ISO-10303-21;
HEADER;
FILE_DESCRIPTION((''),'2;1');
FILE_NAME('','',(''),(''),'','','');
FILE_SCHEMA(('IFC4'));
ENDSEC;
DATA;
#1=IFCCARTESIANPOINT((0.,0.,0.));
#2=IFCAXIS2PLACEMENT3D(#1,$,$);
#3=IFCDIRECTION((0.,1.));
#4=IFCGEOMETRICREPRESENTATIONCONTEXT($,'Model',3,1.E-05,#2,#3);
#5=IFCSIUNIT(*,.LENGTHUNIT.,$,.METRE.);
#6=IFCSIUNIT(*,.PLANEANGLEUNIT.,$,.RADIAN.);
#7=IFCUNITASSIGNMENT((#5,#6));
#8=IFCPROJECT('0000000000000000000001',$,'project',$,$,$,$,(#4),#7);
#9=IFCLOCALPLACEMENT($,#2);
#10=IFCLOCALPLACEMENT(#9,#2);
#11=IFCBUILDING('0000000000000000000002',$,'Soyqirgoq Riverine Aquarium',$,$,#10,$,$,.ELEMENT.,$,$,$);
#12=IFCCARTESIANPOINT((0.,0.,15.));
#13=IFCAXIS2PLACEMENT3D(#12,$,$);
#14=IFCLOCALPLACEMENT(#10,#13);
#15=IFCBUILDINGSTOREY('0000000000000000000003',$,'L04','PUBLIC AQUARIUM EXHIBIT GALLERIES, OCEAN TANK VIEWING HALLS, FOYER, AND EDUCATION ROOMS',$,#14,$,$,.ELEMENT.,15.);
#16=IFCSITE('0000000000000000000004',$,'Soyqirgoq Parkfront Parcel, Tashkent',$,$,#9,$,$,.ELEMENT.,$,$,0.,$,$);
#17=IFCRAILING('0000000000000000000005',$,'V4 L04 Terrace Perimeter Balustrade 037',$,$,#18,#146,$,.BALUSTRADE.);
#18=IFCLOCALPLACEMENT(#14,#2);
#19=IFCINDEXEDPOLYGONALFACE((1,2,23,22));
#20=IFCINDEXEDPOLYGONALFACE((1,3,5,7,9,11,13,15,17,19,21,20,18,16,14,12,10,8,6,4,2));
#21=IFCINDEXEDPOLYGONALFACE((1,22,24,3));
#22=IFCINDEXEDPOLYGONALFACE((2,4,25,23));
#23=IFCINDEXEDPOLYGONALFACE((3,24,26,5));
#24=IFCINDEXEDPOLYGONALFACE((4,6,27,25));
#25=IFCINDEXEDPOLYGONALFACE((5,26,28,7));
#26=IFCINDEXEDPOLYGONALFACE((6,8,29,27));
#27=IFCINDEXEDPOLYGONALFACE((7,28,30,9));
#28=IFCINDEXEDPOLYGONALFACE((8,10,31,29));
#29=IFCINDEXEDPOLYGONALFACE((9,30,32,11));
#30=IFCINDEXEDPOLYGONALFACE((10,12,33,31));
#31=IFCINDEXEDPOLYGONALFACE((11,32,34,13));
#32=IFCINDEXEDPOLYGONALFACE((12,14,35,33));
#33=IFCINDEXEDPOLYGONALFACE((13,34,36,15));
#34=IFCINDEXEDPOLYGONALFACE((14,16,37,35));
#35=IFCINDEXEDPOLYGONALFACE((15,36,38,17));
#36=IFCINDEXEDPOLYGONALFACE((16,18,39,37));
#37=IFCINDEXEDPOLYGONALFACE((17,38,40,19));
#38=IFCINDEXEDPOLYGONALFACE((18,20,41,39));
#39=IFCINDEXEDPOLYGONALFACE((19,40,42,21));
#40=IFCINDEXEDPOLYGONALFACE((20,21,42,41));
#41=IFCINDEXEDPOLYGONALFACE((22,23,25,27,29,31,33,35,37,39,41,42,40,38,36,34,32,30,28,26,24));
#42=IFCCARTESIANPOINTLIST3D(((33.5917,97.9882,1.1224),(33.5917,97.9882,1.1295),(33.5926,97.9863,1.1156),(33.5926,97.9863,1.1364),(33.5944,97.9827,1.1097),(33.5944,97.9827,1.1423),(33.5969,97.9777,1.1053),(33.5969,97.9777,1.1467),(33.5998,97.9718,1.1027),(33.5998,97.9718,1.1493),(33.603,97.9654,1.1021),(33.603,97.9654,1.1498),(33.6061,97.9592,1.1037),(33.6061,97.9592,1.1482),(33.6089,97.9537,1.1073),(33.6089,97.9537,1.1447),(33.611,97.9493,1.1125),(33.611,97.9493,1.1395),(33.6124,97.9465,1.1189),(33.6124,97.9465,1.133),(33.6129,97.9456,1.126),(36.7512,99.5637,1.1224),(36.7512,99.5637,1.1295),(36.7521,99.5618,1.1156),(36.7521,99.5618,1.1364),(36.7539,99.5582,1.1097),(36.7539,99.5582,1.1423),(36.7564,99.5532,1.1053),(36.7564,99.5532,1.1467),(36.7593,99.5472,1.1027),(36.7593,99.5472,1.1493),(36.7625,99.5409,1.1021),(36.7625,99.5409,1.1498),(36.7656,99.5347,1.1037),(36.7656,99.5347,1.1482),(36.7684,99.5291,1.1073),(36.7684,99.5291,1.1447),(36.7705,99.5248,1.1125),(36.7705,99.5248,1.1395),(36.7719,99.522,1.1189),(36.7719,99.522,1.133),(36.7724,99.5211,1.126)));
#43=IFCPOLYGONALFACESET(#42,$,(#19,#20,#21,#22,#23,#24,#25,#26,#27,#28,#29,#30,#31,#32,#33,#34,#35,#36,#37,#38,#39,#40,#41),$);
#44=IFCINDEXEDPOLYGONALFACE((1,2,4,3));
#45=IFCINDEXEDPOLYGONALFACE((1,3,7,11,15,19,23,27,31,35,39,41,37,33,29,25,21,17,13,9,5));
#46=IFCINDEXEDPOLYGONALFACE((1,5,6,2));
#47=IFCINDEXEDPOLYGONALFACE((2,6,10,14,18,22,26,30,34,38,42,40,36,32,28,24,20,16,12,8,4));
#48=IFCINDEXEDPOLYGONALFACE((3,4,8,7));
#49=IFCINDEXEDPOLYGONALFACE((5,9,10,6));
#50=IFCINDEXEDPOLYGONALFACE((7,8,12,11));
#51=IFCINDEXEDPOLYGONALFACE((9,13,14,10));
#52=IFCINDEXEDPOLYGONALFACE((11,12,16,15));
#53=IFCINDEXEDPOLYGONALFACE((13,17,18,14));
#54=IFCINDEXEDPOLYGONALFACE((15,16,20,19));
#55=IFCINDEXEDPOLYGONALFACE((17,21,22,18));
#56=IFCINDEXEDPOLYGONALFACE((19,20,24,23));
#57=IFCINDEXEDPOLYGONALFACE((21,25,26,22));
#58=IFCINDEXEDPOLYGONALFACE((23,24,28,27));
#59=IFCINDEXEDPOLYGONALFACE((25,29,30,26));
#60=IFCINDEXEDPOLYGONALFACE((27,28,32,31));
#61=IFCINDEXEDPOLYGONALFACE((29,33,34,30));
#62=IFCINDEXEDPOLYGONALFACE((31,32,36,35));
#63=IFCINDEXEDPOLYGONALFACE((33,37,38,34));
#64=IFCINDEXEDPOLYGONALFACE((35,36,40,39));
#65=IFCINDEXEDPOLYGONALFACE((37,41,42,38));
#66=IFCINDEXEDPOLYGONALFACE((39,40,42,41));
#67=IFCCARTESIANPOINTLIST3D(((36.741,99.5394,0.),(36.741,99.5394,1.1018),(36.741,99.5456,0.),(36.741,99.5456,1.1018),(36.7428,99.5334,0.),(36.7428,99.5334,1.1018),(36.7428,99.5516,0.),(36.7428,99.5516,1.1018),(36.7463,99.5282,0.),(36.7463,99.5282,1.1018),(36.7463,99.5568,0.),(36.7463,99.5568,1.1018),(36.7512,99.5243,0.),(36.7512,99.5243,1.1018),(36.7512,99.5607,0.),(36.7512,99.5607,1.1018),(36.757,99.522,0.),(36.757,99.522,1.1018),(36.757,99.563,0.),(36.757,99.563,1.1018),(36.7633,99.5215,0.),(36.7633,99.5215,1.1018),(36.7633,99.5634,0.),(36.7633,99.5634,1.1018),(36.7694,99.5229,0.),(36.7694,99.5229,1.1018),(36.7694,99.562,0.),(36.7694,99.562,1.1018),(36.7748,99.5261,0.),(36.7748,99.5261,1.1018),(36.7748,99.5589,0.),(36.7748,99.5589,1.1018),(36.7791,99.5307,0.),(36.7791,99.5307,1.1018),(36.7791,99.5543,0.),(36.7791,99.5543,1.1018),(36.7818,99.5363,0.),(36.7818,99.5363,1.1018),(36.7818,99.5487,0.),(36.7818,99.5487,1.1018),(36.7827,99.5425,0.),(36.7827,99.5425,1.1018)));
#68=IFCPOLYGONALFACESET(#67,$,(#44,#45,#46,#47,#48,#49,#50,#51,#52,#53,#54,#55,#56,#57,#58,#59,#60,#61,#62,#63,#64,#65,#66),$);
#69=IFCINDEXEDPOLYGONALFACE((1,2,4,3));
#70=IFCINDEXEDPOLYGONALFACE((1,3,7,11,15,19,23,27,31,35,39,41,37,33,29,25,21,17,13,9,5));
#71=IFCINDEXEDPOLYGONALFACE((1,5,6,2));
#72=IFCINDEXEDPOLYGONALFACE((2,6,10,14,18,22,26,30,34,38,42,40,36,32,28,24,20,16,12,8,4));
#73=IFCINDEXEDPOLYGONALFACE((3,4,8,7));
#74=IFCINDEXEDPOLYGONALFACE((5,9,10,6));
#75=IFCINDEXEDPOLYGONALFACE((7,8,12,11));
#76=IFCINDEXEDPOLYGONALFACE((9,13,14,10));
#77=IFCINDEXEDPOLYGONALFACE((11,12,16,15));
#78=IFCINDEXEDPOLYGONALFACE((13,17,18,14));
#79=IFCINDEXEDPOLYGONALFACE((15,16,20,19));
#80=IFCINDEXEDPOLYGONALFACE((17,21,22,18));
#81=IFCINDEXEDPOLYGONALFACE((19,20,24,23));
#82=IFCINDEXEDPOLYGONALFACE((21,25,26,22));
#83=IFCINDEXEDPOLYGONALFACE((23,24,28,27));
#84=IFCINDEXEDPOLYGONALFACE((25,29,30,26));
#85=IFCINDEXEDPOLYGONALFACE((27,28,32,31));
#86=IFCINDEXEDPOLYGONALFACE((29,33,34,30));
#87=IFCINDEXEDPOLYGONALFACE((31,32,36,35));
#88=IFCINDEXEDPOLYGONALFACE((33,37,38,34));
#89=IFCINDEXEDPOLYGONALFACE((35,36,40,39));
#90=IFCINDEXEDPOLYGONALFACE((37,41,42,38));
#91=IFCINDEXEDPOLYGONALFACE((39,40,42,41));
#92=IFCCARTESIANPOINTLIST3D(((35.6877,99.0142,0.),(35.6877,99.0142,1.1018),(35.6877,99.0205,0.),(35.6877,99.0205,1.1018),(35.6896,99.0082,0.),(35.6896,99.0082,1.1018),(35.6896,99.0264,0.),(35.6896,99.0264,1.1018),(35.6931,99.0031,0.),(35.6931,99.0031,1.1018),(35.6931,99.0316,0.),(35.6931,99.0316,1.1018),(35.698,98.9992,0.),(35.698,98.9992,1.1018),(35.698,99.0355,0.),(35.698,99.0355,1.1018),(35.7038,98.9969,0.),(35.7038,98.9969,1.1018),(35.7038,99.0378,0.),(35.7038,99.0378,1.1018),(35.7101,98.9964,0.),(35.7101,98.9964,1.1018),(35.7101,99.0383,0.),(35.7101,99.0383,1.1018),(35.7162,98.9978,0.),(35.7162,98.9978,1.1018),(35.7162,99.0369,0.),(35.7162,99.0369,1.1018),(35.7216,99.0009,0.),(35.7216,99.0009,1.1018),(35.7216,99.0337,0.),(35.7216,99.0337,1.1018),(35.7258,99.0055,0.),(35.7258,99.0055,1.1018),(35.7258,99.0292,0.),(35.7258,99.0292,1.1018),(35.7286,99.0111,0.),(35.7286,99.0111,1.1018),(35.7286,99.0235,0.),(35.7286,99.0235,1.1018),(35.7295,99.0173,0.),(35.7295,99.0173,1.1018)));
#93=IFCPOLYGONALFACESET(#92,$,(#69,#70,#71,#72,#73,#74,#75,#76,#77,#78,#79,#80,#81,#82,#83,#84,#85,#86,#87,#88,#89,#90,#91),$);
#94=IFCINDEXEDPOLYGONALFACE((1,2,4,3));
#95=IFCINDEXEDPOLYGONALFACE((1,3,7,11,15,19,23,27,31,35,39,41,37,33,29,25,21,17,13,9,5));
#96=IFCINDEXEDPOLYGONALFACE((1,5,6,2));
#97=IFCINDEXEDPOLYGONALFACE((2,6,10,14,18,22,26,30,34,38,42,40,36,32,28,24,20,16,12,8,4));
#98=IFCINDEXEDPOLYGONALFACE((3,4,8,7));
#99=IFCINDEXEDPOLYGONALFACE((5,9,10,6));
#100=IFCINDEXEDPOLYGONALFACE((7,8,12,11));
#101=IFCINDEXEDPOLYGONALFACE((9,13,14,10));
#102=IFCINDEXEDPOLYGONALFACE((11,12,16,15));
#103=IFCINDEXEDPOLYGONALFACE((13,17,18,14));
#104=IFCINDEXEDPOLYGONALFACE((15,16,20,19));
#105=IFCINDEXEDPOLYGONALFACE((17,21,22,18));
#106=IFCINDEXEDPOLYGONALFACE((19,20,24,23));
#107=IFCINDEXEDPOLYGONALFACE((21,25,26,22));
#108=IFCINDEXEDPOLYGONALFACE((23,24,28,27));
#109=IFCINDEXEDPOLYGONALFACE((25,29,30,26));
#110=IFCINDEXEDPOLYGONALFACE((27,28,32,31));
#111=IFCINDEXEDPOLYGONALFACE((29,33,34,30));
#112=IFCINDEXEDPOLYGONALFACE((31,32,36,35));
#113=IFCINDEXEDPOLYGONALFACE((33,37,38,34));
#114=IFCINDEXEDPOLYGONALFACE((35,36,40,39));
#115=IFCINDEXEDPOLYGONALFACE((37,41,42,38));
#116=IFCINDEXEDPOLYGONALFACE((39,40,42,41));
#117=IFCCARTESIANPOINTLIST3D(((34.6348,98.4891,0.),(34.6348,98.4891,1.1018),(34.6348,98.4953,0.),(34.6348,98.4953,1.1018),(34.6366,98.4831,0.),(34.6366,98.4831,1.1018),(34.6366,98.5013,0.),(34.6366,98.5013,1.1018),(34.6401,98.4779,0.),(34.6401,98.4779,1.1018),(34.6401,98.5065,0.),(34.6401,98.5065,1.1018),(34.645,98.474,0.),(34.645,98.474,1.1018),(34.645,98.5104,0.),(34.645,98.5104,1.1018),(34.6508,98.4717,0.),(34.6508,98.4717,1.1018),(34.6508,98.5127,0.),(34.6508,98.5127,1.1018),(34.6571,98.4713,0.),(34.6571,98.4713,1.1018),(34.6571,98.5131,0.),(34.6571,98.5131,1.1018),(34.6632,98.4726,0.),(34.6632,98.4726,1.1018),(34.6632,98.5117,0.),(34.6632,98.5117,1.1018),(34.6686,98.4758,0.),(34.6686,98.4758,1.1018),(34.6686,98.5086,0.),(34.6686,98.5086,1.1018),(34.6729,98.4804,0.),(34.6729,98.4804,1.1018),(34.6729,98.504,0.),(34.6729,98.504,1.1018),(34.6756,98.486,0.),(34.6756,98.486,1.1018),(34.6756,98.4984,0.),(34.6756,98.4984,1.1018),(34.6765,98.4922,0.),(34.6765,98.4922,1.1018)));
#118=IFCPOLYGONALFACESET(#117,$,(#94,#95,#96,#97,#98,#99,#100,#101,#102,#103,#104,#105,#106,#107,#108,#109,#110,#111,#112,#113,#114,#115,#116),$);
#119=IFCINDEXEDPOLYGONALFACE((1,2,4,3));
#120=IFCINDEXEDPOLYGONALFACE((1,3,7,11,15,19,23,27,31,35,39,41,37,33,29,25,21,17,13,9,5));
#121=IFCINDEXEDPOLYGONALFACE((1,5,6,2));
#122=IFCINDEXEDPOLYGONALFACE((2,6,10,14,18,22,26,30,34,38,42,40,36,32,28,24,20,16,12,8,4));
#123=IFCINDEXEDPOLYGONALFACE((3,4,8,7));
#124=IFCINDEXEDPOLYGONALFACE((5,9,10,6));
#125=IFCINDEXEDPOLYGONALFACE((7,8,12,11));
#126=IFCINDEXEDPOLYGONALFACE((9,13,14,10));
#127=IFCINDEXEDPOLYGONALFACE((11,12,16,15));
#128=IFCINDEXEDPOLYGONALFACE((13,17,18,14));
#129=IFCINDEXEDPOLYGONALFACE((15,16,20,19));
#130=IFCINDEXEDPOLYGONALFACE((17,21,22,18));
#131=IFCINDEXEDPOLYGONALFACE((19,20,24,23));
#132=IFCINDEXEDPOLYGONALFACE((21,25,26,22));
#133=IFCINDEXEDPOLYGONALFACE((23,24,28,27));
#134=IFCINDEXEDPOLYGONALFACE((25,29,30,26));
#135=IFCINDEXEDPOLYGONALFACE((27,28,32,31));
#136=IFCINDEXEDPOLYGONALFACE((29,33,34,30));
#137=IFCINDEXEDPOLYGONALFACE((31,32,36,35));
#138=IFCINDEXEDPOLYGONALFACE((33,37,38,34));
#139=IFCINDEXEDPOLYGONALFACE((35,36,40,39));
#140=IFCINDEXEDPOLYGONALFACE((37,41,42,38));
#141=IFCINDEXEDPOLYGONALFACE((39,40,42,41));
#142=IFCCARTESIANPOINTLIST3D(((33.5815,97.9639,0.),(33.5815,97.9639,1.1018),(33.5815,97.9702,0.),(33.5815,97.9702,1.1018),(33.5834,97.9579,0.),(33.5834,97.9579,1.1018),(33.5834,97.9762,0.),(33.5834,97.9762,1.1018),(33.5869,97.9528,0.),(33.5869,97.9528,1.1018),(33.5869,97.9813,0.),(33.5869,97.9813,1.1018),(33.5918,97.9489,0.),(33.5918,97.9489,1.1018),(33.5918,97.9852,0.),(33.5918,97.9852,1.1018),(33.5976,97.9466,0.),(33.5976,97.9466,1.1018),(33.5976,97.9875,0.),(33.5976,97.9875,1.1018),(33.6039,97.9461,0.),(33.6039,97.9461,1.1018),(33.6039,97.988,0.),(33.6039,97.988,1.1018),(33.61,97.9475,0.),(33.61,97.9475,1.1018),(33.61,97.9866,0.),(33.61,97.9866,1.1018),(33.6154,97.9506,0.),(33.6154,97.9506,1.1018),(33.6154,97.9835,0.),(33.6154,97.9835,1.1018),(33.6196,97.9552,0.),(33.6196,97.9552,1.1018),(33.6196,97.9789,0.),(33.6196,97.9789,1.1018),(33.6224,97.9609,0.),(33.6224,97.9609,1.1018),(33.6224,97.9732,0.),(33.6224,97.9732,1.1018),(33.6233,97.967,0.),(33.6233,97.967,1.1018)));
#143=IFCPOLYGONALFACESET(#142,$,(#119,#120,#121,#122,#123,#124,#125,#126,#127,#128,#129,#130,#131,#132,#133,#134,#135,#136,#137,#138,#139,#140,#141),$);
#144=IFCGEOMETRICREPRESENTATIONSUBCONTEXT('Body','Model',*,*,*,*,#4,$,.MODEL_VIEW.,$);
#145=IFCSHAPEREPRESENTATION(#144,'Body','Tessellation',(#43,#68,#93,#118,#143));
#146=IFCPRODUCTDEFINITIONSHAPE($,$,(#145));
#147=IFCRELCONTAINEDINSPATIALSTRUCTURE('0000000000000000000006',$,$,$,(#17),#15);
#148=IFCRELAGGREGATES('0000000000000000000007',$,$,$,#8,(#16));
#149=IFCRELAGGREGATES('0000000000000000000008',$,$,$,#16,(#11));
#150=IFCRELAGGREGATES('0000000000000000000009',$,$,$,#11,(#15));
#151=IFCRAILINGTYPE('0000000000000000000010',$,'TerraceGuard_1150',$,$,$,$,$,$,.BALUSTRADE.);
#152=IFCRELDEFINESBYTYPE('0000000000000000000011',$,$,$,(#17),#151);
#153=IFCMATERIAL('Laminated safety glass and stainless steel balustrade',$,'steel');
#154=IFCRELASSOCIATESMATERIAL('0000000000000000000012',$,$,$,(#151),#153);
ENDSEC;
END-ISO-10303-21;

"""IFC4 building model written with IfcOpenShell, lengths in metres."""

from ifc_helpers import new_model, si_unit, direction, frame, origin, origin_2d, place, context, subcontext, project, spatial, circle, extrude, material, type_object, element, save


model = new_model("IFC4")

# Units and contexts
model_context = context("Model", 3, precision=1e-05, world=origin(), true_north=direction((0.0, 1.0)))
body_context = subcontext(model_context, "Body", "Model", "MODEL_VIEW")
ifc_project = project(units=[si_unit("LENGTHUNIT", "METRE"), si_unit("PLANEANGLEUNIT", "RADIAN")], contexts=[model_context])

# Site, building, storey
site_placement = place(None, origin())
site = spatial("IfcSite", under=ifc_project, at=site_placement, Name="Soyqirgoq Parkfront Parcel, Tashkent", CompositionType="ELEMENT", RefElevation=0.0)
building_placement = place(site_placement, origin())
building = spatial("IfcBuilding", under=site, at=building_placement, Name="Soyqirgoq Riverine Aquarium", CompositionType="ELEMENT")
storey_placement = place(building_placement, frame((0.0, 0.0, 15.0)))
storey = spatial("IfcBuildingStorey", under=building, at=storey_placement, Name="L04", Description="PUBLIC AQUARIUM EXHIBIT GALLERIES, OCEAN TANK VIEWING HALLS, FOYER, AND EDUCATION ROOMS", CompositionType="ELEMENT", Elevation=15.0)

# Railing
ifc_material_1 = material(Name="Laminated safety glass and stainless steel balustrade", Category="steel")
railing_type = type_object("IfcRailingType", Name="TerraceGuard_1150", PredefinedType="BALUSTRADE", material=ifc_material_1)
railing_1_placement = place(storey_placement, frame((36.7617, 99.5425, 0.0)))
element("IfcRailing", 1, at=railing_1_placement, inside=storey, type_object=railing_type, Name="V4 L04 Terrace Perimeter Balustrade 037", PredefinedType="BALUSTRADE", context=body_context, shape_type="SweptSolid", body=[
    extrude(circle(Radius=0.0239, at=origin_2d()), frame((0.0, 0.0, 1.126), z_axis=(-0.894911, -0.446245, 0.0), x_axis=(0.446245, -0.894911, 0.0)), (0.0, 0.0, 1.0), 3.5305),
    extrude(circle(Radius=0.021, at=origin_2d()), origin(), (0.0, 0.0, 1.0), 1.1018),
    extrude(circle(Radius=0.021, at=origin_2d()), frame((-1.0532, -0.5251, 0.0)), (0.0, 0.0, 1.0), 1.1018),
    extrude(circle(Radius=0.021, at=origin_2d()), frame((-2.1062, -1.0503, 0.0)), (0.0, 0.0, 1.0), 1.1018),
    extrude(circle(Radius=0.021, at=origin_2d()), frame((-3.1594, -1.5754, 0.0)), (0.0, 0.0, 1.0), 1.1018),
])

save(model, "model.ifc")
